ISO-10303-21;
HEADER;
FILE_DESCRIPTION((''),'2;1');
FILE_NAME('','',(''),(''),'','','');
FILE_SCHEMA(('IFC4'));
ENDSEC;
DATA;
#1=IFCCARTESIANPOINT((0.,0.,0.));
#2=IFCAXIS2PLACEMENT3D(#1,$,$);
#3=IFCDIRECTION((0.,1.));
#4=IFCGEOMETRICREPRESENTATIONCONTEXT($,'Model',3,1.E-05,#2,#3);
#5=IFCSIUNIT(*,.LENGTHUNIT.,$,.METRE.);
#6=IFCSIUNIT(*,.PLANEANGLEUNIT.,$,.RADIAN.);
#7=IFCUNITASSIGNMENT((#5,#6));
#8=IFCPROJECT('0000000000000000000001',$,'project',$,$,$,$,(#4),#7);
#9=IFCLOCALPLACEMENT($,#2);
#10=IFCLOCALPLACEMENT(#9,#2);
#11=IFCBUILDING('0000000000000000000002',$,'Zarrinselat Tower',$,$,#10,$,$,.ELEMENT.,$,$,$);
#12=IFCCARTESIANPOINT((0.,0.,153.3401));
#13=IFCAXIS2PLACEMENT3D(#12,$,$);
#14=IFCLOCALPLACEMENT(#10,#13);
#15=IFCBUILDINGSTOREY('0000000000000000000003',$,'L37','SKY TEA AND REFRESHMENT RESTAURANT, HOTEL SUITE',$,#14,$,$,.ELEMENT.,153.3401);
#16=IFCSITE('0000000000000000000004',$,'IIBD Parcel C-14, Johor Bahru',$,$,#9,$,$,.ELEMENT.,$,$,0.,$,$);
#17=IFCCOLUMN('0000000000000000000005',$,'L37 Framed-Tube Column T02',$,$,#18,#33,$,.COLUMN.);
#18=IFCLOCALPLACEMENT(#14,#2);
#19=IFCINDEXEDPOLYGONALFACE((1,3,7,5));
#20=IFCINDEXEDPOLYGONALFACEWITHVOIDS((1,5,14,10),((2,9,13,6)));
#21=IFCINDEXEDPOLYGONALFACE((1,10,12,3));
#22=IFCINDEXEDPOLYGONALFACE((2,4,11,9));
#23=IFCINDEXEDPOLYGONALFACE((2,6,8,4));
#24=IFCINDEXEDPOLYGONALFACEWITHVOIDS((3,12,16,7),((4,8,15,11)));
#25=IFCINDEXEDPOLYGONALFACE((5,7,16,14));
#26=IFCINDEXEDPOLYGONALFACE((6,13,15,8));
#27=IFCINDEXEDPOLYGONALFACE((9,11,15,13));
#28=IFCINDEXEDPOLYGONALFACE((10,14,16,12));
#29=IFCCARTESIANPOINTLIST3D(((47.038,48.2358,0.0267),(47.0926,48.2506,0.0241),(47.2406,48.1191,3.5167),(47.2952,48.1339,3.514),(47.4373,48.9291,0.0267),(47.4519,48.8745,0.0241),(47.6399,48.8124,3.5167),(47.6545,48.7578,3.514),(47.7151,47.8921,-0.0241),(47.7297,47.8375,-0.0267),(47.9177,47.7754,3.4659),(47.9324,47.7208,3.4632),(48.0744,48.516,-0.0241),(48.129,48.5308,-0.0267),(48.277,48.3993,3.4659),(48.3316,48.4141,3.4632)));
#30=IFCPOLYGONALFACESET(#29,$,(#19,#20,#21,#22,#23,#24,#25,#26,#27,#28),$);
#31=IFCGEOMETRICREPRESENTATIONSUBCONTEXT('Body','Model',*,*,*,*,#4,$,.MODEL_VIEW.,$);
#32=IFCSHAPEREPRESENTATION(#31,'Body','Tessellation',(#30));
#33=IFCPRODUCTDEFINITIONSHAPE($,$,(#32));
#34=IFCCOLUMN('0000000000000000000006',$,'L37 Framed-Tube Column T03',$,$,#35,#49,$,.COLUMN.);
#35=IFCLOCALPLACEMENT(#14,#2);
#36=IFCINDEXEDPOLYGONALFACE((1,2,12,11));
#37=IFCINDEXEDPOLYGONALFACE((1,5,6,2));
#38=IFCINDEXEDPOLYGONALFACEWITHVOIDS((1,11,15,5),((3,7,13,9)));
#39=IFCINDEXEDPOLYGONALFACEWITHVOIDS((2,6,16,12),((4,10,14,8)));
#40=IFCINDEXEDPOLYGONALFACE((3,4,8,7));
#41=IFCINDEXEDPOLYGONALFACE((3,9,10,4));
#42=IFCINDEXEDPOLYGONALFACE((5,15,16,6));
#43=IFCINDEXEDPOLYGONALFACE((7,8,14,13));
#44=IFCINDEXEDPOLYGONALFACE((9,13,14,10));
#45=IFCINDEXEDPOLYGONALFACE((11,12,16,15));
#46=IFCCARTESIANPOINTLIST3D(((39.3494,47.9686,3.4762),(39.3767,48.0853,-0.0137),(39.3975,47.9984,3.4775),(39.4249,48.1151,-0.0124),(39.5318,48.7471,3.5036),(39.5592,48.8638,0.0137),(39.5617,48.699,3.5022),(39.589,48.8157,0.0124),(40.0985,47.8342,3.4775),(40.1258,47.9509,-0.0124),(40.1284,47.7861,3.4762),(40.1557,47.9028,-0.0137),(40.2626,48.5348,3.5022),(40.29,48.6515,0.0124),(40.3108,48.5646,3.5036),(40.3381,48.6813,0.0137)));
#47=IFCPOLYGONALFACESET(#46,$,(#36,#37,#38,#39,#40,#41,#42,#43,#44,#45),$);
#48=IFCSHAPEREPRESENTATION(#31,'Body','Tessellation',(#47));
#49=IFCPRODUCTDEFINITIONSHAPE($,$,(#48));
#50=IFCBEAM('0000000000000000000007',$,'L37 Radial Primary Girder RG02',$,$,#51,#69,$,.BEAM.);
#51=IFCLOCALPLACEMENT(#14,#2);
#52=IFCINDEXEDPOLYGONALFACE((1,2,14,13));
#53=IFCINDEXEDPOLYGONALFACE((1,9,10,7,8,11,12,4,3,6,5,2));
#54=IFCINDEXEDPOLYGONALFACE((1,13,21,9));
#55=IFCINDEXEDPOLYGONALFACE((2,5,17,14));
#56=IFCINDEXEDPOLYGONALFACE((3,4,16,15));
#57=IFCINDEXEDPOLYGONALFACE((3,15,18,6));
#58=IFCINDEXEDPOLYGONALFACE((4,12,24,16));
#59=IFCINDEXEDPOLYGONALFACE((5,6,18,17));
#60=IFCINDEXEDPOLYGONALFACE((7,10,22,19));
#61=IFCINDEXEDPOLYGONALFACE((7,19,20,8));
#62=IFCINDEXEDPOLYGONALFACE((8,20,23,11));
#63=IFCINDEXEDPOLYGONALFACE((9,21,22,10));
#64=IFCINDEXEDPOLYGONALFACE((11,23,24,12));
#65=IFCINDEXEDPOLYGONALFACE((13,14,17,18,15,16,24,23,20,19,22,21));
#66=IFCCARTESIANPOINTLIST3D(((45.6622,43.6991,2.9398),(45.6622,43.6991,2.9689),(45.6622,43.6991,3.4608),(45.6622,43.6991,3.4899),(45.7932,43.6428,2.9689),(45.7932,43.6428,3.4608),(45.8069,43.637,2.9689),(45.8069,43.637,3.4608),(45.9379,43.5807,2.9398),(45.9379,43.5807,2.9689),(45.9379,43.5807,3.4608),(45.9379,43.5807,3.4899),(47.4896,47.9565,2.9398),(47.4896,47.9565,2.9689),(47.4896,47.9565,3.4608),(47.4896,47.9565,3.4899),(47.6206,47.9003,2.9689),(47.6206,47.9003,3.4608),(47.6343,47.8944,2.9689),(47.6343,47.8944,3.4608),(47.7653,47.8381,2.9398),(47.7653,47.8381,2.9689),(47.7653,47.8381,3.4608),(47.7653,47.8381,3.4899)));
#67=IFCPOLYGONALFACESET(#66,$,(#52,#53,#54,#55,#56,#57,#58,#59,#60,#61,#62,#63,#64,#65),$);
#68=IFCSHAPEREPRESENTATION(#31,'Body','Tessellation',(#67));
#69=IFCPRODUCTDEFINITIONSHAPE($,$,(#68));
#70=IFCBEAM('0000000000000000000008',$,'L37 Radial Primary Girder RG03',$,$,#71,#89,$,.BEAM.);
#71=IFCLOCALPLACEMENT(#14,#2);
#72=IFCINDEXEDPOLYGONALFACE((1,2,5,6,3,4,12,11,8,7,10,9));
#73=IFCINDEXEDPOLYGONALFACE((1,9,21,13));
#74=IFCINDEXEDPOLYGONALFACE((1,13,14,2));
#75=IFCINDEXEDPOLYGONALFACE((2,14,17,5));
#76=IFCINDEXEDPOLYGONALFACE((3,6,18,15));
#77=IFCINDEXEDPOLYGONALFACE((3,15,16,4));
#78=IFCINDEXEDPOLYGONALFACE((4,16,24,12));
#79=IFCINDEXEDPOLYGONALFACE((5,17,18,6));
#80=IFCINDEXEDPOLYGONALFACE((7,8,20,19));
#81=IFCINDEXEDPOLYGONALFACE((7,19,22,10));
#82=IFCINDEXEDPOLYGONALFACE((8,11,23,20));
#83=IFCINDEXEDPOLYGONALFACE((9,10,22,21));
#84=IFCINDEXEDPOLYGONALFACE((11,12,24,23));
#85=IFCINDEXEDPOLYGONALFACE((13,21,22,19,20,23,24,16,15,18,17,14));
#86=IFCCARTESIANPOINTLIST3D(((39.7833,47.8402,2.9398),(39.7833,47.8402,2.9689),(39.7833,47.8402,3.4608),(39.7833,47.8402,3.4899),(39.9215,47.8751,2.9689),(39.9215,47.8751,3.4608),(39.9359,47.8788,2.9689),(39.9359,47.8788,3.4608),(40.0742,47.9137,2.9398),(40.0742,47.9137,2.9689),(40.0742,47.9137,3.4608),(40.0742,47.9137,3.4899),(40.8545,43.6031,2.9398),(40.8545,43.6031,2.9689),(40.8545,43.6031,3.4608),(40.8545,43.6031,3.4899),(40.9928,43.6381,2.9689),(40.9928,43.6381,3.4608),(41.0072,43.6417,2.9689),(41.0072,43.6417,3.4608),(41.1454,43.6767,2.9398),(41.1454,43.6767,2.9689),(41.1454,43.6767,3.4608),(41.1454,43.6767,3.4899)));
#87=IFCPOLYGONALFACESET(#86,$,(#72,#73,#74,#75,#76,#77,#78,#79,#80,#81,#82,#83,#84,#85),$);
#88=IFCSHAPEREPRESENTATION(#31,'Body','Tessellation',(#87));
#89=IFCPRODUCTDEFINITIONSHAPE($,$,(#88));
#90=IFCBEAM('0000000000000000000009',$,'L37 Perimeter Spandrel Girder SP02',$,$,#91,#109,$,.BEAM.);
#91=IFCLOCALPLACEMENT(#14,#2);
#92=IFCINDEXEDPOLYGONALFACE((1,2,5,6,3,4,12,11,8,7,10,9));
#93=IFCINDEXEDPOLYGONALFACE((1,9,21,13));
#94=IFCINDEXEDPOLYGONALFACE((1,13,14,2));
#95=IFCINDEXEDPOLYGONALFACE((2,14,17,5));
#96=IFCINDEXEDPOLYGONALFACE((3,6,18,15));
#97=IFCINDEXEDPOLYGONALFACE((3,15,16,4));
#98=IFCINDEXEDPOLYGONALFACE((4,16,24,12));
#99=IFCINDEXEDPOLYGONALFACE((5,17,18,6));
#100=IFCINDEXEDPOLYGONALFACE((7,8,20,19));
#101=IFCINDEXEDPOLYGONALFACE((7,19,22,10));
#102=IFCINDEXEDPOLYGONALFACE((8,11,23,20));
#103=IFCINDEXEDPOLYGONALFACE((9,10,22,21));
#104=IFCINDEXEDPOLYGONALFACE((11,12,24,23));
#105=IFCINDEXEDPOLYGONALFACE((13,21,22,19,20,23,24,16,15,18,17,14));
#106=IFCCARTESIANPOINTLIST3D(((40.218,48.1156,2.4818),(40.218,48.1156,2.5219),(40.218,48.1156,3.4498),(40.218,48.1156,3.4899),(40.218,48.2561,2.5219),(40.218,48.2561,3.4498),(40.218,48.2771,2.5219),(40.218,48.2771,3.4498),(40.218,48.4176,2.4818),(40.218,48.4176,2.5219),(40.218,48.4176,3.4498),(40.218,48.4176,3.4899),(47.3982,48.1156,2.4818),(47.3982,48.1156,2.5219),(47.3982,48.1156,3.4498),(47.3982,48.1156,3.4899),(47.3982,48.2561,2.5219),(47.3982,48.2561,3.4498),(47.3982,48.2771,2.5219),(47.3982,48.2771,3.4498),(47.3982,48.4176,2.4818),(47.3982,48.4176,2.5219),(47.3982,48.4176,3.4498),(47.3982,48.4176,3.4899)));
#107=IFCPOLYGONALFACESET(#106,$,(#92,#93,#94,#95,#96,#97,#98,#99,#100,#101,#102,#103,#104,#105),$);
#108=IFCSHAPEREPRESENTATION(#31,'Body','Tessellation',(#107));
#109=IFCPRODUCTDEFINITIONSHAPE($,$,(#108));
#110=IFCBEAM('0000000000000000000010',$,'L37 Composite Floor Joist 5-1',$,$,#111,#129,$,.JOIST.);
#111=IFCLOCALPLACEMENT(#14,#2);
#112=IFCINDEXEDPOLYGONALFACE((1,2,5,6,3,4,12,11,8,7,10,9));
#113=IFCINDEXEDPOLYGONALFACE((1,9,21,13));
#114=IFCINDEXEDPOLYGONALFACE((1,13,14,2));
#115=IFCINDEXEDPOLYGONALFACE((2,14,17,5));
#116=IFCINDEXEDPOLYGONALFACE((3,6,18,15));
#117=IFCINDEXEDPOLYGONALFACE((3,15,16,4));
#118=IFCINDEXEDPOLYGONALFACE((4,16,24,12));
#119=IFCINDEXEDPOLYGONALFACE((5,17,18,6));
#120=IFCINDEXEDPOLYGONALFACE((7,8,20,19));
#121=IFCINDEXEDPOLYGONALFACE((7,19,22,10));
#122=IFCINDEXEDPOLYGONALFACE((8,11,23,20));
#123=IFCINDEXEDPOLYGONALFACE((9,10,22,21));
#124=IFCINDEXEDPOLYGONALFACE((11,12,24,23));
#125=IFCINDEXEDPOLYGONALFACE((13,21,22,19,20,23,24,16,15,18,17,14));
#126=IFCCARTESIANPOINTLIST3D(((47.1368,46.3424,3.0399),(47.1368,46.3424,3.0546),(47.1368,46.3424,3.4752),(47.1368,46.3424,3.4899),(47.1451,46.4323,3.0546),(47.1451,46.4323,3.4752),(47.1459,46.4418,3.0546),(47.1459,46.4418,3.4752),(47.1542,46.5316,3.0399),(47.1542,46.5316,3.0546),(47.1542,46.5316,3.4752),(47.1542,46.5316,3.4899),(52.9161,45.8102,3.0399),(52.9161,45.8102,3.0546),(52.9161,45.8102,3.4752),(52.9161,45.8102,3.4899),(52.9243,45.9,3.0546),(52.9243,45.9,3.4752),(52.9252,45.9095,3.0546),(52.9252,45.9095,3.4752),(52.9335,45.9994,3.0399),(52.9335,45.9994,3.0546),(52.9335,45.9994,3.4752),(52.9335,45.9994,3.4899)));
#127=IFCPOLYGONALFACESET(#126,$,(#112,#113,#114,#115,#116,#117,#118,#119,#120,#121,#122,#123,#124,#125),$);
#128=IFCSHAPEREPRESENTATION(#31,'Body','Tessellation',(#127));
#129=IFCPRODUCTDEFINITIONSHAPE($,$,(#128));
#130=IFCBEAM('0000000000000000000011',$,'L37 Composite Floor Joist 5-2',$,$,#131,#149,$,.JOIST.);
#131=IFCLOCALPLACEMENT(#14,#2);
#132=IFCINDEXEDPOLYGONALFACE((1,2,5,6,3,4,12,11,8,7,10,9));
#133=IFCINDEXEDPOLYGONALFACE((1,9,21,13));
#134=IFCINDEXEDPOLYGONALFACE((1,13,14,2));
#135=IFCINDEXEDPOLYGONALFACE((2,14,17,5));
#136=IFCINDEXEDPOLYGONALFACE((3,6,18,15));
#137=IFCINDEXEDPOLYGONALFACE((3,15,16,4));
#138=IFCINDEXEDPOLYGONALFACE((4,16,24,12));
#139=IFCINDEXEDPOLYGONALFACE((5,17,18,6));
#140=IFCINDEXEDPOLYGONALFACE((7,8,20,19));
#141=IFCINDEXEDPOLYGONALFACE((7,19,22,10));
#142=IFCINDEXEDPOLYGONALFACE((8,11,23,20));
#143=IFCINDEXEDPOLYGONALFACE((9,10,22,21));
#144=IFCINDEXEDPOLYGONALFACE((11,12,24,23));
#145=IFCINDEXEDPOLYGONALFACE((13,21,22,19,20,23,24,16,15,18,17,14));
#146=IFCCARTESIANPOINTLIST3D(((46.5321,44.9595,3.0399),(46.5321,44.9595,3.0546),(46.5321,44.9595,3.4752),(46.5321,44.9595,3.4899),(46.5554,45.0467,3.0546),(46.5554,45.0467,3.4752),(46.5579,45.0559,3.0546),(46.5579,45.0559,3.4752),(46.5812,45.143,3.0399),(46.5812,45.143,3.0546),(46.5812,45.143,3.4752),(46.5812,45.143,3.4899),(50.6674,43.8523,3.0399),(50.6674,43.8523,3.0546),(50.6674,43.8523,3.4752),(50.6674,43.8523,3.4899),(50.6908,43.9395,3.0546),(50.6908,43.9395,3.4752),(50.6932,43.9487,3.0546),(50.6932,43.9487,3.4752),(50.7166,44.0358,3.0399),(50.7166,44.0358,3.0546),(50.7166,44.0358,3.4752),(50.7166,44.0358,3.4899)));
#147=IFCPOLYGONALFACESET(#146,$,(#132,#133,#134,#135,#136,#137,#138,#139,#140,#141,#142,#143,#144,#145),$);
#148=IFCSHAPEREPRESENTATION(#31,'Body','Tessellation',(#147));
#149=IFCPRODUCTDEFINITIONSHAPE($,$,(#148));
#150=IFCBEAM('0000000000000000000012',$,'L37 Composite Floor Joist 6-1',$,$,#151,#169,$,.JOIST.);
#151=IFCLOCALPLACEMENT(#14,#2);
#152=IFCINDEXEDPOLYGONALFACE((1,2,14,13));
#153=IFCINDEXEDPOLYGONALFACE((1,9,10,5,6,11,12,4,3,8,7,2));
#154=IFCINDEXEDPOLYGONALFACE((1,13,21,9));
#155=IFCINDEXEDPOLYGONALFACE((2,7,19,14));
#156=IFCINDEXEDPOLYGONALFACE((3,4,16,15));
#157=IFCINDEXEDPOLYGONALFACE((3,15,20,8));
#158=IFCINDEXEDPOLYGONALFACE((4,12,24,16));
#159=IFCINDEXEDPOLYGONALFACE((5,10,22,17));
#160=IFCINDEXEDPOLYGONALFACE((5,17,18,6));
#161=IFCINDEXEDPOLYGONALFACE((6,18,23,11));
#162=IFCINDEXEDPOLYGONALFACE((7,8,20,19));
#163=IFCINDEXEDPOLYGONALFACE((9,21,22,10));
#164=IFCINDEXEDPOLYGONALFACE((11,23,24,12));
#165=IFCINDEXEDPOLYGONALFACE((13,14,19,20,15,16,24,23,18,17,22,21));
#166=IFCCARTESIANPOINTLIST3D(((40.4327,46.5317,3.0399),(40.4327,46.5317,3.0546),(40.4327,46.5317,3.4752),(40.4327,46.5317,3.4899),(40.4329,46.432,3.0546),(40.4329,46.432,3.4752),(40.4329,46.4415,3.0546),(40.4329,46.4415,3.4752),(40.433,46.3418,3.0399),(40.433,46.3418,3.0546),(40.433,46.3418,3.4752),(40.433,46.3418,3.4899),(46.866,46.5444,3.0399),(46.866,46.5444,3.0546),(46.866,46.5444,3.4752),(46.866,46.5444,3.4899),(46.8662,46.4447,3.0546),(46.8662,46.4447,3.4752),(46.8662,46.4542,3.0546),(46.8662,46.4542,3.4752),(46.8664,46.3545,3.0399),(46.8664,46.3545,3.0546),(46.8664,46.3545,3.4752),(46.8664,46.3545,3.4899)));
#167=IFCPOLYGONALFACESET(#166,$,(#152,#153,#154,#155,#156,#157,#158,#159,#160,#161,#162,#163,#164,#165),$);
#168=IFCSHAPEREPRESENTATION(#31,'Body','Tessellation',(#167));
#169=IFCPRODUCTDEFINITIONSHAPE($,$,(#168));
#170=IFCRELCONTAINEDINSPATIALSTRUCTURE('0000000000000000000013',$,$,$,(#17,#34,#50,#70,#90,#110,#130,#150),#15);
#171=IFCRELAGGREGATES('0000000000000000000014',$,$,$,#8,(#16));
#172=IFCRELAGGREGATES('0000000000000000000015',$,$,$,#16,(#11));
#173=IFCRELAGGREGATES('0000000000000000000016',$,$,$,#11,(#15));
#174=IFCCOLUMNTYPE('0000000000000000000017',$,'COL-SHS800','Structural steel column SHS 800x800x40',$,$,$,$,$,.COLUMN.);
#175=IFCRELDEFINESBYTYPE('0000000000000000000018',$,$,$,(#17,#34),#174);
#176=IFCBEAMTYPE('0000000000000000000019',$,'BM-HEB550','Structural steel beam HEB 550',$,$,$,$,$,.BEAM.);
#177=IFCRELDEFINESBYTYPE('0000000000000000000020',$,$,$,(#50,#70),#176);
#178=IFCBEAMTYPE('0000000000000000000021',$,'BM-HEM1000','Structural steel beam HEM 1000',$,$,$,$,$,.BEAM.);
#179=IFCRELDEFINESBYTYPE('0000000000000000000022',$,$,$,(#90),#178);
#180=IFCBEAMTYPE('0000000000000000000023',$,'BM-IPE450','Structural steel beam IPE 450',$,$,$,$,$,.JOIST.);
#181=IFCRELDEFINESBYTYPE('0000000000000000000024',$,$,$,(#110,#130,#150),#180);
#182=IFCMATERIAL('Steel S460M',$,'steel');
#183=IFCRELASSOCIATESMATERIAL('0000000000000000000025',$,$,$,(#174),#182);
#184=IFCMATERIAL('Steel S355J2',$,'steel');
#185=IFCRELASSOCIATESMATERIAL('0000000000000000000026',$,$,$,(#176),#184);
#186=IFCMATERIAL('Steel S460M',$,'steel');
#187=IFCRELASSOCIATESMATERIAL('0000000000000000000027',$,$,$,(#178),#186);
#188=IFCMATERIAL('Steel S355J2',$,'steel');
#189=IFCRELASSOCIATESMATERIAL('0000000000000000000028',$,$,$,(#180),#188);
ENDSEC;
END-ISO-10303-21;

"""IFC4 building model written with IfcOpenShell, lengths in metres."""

from ifc_helpers import new_model, si_unit, direction, frame, origin, origin_2d, place, context, subcontext, project, spatial, hollow_rectangle, i_section, extrude, material, material_profile, profile_set, type_object, element, save


model = new_model("IFC4")

# Units and contexts
model_context = context("Model", 3, precision=1e-05, world=origin(), true_north=direction((0.0, 1.0)))
body_context = subcontext(model_context, "Body", "Model", "MODEL_VIEW")
ifc_project = project(units=[si_unit("LENGTHUNIT", "METRE"), si_unit("PLANEANGLEUNIT", "RADIAN")], contexts=[model_context])

# Site, building, storey
site_placement = place(None, origin())
site = spatial("IfcSite", under=ifc_project, at=site_placement, Name="IIBD Parcel C-14, Johor Bahru", CompositionType="ELEMENT", RefElevation=0.0)
building_placement = place(site_placement, origin())
building = spatial("IfcBuilding", under=site, at=building_placement, Name="Zarrinselat Tower", CompositionType="ELEMENT")
storey_placement = place(building_placement, frame((0.0, 0.0, 153.3401)))
storey = spatial("IfcBuildingStorey", under=building, at=storey_placement, Name="L37", Description="SKY TEA AND REFRESHMENT RESTAURANT, HOTEL SUITE", CompositionType="ELEMENT", Elevation=153.3401)

# Columns
ifc_material_1 = material(Name="Steel S460M", Category="steel")
ifc_material_profile_1 = material_profile(ifc_material_1, hollow_rectangle(XDim=0.8, YDim=0.8, WallThickness=0.04, at=origin_2d()), Name="SHS 800x800x40")
ifc_profile_set_1 = profile_set([ifc_material_profile_1], Name="Steel S460M")
column_type = type_object("IfcColumnType", Name="COL-SHS800", Description="Structural steel column SHS 800x800x40", PredefinedType="COLUMN", material=ifc_profile_set_1)
column_1_placement = place(storey_placement, frame((47.5835, 48.3833, 0.0), z_axis=(0.057932, -0.033363, 0.997763), x_axis=(0.499059, 0.866568, 0.0)))
element("IfcColumn", 1, at=column_1_placement, inside=storey, type_object=column_type, Name="L37 Framed-Tube Column T02", PredefinedType="COLUMN", context=body_context, shape_type="SweptSolid", body=[
    extrude(hollow_rectangle(XDim=0.8, YDim=0.8, WallThickness=0.04, at=origin_2d()), origin(), (0.0, 0.0, 1.0), 3.4978),
])
column_2_placement = place(storey_placement, frame((39.8574, 48.3833, 0.0), z_axis=(-0.00783, -0.033419, 0.999411), x_axis=(0.97363, -0.228131, 0.0)))
element("IfcColumn", 2, at=column_2_placement, inside=storey, type_object=column_type, Name="L37 Framed-Tube Column T03", PredefinedType="COLUMN", context=body_context, shape_type="SweptSolid", body=[
    extrude(hollow_rectangle(XDim=0.8, YDim=0.8, WallThickness=0.04, at=origin_2d()), origin(), (0.0, 0.0, 1.0), 3.4919),
])

# Beams
ifc_material_2 = material(Name="Steel S355J2", Category="steel")
ifc_material_profile_2 = material_profile(ifc_material_2, i_section(OverallWidth=0.3, OverallDepth=0.55, WebThickness=0.0149, FlangeThickness=0.0291, at=origin_2d()), Name="HEB 550")
ifc_profile_set_2 = profile_set([ifc_material_profile_2], Name="Steel S355J2")
beam_type_1 = type_object("IfcBeamType", Name="BM-HEB550", Description="Structural steel beam HEB 550", PredefinedType="BEAM", material=ifc_profile_set_2)
beam_1_placement = place(storey_placement, frame((45.8, 43.6399, 3.2148), z_axis=(0.394434, 0.918924, 0.0), x_axis=(-0.918924, 0.394434, 0.0)))
element("IfcBeam", 3, at=beam_1_placement, inside=storey, type_object=beam_type_1, Name="L37 Radial Primary Girder RG02", PredefinedType="BEAM", context=body_context, shape_type="SweptSolid", body=[
    extrude(i_section(OverallWidth=0.3, OverallDepth=0.55, WebThickness=0.0149, FlangeThickness=0.0291, at=origin_2d()), origin(), (0.0, 0.0, 1.0), 4.6331),
])
beam_2_placement = place(storey_placement, frame((39.9287, 47.877, 3.2148), z_axis=(0.245124, -0.969492, 0.0), x_axis=(0.969492, 0.245124, 0.0)))
element("IfcBeam", 4, at=beam_2_placement, inside=storey, type_object=beam_type_1, Name="L37 Radial Primary Girder RG03", PredefinedType="BEAM", context=body_context, shape_type="SweptSolid", body=[
    extrude(i_section(OverallWidth=0.3, OverallDepth=0.55, WebThickness=0.0149, FlangeThickness=0.0291, at=origin_2d()), origin(), (0.0, 0.0, 1.0), 4.3704),
])
ifc_material_3 = material(Name="Steel S460M", Category="steel")
ifc_material_profile_3 = material_profile(ifc_material_3, i_section(OverallWidth=0.302, OverallDepth=1.0081, WebThickness=0.021, FlangeThickness=0.04, at=origin_2d()), Name="HEM 1000")
ifc_profile_set_3 = profile_set([ifc_material_profile_3], Name="Steel S460M")
beam_type_2 = type_object("IfcBeamType", Name="BM-HEM1000", Description="Structural steel beam HEM 1000", PredefinedType="BEAM", material=ifc_profile_set_3)
beam_3_placement = place(storey_placement, frame((40.218, 48.2666, 2.9858), z_axis=(1.0, 0.0, 0.0), x_axis=(0.0, 1.0, 0.0)))
element("IfcBeam", 5, at=beam_3_placement, inside=storey, type_object=beam_type_2, Name="L37 Perimeter Spandrel Girder SP02", PredefinedType="BEAM", context=body_context, shape_type="SweptSolid", body=[
    extrude(i_section(OverallWidth=0.302, OverallDepth=1.0081, WebThickness=0.021, FlangeThickness=0.04, at=origin_2d()), origin(), (0.0, 0.0, 1.0), 7.1802),
])
ifc_material_4 = material(Name="Steel S355J2", Category="steel")
ifc_material_profile_4 = material_profile(ifc_material_4, i_section(OverallWidth=0.1899, OverallDepth=0.45, WebThickness=0.0095, FlangeThickness=0.0146, at=origin_2d()), Name="IPE 450")
ifc_profile_set_4 = profile_set([ifc_material_profile_4], Name="Steel S355J2")
beam_type_3 = type_object("IfcBeamType", Name="BM-IPE450", Description="Structural steel beam IPE 450", PredefinedType="JOIST", material=ifc_profile_set_4)
beam_4_placement = place(storey_placement, frame((47.1455, 46.437, 3.2649), z_axis=(0.995786, -0.091704, 0.0), x_axis=(0.091704, 0.995786, 0.0)))
element("IfcBeam", 6, at=beam_4_placement, inside=storey, type_object=beam_type_3, Name="L37 Composite Floor Joist 5-1", PredefinedType="JOIST", context=body_context, shape_type="SweptSolid", body=[
    extrude(i_section(OverallWidth=0.1899, OverallDepth=0.45, WebThickness=0.0095, FlangeThickness=0.0146, at=origin_2d()), origin(), (0.0, 0.0, 1.0), 5.8037),
])
beam_5_placement = place(storey_placement, frame((46.5566, 45.0513, 3.2649), z_axis=(0.965976, -0.258632, 0.0), x_axis=(0.258632, 0.965976, 0.0)))
element("IfcBeam", 7, at=beam_5_placement, inside=storey, type_object=beam_type_3, Name="L37 Composite Floor Joist 5-2", PredefinedType="JOIST", context=body_context, shape_type="SweptSolid", body=[
    extrude(i_section(OverallWidth=0.1899, OverallDepth=0.45, WebThickness=0.0095, FlangeThickness=0.0146, at=origin_2d()), origin(), (0.0, 0.0, 1.0), 4.281),
])
beam_6_placement = place(storey_placement, frame((40.4329, 46.4368, 3.2649), z_axis=(0.999998, 0.001973, 0.0), x_axis=(-0.001973, 0.999998, 0.0)))
element("IfcBeam", 8, at=beam_6_placement, inside=storey, type_object=beam_type_3, Name="L37 Composite Floor Joist 6-1", PredefinedType="JOIST", context=body_context, shape_type="SweptSolid", body=[
    extrude(i_section(OverallWidth=0.1899, OverallDepth=0.45, WebThickness=0.0095, FlangeThickness=0.0146, at=origin_2d()), origin(), (0.0, 0.0, 1.0), 6.4333),
])

save(model, "model.ifc")
